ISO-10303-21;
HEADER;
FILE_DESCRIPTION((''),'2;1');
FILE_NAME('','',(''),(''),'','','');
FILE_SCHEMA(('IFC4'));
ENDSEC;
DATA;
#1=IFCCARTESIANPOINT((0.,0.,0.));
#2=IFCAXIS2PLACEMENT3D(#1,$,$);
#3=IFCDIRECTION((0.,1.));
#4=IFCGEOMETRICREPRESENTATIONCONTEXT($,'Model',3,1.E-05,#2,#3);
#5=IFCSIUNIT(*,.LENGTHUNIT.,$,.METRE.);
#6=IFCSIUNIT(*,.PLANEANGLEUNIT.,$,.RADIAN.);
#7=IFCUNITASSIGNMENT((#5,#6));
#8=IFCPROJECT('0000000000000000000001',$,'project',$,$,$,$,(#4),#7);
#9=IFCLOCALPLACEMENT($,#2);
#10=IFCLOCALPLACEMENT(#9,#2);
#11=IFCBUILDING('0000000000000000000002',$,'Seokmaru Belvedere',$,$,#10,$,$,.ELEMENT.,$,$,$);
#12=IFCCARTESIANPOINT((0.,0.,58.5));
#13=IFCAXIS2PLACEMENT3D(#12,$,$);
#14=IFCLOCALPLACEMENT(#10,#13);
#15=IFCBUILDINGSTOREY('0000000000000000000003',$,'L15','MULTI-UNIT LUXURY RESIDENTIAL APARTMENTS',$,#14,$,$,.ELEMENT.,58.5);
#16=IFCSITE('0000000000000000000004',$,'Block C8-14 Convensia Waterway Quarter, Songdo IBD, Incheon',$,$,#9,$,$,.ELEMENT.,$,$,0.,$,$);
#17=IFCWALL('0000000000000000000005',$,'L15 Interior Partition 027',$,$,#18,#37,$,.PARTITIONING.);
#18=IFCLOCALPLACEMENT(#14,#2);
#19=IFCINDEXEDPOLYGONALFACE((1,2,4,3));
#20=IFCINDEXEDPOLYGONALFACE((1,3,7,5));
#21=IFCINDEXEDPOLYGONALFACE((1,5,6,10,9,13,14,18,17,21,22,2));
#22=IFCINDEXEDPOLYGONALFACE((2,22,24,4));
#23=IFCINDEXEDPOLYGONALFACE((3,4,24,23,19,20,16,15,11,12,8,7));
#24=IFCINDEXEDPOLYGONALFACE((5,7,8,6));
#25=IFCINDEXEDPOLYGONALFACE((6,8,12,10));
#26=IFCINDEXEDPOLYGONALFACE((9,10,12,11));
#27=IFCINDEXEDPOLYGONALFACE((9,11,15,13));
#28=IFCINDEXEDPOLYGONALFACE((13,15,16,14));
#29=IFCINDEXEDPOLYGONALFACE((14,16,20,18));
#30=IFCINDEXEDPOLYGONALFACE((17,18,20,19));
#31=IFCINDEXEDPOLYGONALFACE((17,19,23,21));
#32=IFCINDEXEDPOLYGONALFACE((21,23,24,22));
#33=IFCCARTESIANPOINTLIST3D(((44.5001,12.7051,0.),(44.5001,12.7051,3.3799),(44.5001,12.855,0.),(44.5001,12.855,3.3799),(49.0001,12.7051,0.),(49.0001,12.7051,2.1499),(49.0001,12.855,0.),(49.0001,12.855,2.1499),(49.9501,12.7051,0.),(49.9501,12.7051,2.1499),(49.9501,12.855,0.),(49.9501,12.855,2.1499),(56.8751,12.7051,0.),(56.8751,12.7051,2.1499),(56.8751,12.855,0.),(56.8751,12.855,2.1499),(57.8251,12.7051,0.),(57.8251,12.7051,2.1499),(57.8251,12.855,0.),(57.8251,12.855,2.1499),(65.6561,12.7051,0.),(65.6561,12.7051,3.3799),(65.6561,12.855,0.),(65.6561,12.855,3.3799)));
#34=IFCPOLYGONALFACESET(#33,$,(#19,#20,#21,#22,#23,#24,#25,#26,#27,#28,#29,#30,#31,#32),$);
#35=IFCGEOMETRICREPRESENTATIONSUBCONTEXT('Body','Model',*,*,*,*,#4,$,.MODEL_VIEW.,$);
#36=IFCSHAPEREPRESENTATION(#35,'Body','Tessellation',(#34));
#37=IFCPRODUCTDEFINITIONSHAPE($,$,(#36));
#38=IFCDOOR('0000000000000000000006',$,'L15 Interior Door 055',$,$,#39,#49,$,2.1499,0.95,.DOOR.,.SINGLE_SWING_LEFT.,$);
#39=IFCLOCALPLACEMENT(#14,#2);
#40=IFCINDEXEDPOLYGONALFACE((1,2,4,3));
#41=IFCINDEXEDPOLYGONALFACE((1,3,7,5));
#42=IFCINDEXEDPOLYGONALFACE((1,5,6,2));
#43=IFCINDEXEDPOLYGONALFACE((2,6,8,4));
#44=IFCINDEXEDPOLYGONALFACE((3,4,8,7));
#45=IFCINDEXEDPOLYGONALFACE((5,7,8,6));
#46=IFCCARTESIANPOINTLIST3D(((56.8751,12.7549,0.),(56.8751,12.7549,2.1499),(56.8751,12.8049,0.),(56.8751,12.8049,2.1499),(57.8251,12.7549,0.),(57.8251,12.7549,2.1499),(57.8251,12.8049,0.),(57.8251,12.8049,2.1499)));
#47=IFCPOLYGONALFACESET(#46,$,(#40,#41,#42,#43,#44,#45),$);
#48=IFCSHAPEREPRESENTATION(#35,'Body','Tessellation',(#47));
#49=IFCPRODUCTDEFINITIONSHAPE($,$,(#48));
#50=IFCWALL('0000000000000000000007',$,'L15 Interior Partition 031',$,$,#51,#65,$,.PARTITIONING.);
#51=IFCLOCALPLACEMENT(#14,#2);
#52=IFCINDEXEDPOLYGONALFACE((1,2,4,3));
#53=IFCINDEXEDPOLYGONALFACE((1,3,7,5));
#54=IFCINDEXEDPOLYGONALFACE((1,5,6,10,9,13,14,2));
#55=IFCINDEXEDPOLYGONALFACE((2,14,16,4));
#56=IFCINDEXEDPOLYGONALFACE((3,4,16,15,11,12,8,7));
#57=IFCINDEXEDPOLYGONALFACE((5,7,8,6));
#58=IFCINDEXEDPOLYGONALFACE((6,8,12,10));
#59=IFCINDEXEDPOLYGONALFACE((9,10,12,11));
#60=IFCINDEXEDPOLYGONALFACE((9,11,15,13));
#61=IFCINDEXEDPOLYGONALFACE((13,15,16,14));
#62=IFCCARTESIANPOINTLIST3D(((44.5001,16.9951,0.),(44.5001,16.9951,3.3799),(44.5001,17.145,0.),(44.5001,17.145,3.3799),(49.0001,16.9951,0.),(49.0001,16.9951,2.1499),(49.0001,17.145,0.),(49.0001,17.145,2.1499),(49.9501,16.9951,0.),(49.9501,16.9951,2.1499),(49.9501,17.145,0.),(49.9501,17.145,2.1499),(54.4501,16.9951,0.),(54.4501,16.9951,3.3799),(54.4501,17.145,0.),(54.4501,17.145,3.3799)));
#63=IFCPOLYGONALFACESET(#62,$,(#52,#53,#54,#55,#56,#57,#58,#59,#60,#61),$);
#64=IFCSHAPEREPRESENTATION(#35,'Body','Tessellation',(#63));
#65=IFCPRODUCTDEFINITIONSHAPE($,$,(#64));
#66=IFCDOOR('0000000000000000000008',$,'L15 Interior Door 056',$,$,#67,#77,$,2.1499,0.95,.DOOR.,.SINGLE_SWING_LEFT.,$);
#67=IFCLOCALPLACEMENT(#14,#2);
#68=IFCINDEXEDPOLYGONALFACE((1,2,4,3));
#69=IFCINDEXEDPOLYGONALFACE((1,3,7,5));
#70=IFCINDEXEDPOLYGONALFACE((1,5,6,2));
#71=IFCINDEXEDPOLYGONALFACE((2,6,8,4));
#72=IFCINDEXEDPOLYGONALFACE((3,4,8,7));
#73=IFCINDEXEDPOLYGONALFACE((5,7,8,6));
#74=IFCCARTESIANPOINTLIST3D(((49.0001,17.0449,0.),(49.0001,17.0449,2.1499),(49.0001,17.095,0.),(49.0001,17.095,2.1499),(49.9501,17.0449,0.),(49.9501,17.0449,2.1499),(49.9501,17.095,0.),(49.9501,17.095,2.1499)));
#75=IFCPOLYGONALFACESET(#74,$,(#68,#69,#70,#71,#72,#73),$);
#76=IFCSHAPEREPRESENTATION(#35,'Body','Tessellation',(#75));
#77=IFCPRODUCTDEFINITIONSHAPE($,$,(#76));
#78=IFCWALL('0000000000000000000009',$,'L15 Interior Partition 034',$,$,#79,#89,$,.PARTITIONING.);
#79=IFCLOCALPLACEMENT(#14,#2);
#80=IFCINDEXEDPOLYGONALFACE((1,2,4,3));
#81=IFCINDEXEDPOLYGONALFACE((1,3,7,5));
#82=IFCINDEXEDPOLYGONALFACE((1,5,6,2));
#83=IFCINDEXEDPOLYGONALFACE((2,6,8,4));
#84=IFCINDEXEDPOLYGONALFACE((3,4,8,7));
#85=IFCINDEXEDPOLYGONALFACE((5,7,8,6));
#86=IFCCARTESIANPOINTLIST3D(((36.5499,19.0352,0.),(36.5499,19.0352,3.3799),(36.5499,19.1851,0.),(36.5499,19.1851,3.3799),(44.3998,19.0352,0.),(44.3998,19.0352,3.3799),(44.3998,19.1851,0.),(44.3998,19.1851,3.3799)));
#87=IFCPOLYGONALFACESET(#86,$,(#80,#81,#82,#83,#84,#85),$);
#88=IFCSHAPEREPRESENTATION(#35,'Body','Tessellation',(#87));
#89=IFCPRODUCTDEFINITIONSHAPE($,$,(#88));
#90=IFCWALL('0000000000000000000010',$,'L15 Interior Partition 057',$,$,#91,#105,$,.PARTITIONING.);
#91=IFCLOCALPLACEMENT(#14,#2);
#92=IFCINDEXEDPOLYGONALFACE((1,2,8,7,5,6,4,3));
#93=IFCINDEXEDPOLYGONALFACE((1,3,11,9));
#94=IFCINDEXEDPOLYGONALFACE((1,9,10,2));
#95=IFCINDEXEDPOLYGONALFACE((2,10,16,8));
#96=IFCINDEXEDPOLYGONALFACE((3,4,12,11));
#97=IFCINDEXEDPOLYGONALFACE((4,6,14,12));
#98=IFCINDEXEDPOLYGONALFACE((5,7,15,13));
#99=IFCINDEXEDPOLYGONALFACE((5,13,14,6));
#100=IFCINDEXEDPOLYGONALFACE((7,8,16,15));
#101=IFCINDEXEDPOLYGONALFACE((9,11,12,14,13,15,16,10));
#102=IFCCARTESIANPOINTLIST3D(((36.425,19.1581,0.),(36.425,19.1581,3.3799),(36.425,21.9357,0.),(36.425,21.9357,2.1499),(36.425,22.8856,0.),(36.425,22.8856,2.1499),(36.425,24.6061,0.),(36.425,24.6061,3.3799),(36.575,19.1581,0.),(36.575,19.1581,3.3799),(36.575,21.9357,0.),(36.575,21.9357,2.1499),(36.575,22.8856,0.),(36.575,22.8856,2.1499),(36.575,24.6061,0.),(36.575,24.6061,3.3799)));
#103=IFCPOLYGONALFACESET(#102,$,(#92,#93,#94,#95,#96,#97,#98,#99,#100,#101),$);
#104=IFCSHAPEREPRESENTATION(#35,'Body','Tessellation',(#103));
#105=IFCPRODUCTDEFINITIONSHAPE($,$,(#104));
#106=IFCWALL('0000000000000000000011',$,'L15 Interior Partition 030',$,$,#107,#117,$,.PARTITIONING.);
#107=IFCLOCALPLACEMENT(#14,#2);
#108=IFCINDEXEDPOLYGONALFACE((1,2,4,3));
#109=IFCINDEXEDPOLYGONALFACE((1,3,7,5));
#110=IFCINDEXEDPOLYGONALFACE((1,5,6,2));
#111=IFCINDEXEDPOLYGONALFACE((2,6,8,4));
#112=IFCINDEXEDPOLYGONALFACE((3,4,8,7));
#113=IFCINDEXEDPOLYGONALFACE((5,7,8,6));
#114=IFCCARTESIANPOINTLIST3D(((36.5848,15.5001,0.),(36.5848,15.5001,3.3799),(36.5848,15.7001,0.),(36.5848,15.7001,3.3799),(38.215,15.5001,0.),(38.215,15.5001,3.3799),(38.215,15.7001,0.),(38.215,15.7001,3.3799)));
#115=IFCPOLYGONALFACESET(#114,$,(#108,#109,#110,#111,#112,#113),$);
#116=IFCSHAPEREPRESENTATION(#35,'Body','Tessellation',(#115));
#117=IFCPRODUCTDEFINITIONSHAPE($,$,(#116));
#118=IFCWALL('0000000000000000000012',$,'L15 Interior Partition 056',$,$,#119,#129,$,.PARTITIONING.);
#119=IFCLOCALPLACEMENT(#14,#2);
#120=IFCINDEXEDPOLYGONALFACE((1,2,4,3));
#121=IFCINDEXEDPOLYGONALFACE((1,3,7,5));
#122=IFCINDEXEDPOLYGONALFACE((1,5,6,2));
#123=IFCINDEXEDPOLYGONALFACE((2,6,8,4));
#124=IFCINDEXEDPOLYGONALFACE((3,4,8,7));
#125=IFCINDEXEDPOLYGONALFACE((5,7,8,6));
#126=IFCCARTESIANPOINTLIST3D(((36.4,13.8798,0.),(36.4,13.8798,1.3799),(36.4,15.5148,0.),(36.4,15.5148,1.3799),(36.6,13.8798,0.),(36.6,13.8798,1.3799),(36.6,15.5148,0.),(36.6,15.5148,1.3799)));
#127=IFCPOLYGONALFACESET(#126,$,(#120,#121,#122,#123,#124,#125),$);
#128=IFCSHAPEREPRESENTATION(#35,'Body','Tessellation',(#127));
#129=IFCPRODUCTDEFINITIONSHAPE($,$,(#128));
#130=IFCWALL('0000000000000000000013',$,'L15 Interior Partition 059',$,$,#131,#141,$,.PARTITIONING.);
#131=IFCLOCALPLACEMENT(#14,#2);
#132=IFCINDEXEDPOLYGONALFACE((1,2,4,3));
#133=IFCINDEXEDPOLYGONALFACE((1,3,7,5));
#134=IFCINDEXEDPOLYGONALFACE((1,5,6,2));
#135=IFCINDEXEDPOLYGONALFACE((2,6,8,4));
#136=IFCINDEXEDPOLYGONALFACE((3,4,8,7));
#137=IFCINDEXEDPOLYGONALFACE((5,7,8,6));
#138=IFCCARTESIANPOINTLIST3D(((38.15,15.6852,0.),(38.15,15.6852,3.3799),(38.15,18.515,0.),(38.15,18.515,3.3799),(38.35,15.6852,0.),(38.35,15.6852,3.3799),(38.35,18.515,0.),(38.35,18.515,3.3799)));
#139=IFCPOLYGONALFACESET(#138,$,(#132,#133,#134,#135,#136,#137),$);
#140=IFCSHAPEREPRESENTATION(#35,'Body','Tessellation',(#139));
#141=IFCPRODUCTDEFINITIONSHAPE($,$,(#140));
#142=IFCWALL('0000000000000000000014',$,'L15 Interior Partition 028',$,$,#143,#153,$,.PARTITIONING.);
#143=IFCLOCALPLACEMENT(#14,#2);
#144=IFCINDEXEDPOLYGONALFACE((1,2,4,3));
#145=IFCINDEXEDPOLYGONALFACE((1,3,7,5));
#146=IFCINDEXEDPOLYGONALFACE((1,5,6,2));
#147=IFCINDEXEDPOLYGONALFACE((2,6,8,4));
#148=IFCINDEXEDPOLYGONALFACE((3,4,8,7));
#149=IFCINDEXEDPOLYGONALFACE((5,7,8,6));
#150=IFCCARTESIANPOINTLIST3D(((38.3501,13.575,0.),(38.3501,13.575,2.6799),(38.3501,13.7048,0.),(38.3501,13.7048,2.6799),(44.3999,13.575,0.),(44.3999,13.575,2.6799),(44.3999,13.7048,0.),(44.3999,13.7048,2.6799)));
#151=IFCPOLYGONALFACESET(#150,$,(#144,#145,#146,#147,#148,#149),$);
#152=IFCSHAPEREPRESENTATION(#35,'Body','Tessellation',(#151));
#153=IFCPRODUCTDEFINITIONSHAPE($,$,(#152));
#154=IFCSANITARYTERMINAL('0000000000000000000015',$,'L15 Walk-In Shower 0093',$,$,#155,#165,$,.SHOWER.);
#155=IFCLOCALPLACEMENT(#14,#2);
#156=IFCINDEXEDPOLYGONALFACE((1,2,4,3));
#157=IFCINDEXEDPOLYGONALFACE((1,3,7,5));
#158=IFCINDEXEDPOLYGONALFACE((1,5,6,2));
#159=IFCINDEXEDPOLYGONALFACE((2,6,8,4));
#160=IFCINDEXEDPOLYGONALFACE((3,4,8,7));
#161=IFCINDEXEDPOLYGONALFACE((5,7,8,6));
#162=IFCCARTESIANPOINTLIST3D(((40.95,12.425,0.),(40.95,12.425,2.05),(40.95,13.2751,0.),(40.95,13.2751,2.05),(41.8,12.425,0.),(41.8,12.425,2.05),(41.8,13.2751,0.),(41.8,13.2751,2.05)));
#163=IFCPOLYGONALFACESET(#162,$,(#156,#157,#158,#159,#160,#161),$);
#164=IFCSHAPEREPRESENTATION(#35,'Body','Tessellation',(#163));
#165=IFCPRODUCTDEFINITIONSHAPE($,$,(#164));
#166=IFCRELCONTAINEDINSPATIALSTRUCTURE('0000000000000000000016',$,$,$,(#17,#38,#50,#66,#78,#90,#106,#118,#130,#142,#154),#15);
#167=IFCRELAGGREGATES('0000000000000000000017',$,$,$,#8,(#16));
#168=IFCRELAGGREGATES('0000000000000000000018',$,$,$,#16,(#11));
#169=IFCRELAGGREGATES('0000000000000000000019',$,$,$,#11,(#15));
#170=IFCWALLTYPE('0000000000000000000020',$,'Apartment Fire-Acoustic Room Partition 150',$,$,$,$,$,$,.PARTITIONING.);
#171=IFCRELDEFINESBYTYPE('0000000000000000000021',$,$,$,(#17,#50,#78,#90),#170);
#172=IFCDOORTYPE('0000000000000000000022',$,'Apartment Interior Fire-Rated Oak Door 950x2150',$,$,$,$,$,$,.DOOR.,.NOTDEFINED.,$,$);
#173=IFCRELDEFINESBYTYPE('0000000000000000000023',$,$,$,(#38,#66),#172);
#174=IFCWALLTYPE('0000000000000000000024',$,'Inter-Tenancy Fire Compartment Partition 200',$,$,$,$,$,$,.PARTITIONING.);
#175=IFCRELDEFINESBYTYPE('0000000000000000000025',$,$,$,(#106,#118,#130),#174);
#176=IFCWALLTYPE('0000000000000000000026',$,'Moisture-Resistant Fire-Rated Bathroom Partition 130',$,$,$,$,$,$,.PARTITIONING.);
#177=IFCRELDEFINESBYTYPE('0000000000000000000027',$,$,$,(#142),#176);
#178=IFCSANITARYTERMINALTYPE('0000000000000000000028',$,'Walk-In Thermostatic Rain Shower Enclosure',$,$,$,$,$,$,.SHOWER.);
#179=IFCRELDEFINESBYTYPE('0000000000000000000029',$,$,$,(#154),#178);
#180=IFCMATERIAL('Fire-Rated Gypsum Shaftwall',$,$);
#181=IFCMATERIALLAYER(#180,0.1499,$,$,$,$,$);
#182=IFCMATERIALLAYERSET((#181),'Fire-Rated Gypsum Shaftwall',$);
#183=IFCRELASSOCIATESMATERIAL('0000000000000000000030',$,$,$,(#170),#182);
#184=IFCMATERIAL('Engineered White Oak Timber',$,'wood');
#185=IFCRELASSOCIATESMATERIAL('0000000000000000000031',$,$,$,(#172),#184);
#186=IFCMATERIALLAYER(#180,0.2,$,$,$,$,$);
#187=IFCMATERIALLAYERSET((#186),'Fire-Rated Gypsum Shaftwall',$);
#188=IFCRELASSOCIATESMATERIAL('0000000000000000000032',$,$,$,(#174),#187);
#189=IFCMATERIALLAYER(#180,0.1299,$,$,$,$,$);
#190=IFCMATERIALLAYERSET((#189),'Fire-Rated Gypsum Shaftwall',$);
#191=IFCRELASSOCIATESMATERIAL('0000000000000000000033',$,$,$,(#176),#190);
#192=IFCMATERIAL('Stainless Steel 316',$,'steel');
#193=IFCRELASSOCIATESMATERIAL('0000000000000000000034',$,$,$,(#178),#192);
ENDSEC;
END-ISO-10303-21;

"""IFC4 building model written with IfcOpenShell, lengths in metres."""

from ifc_helpers import new_model, si_unit, direction, frame, frame_2d, origin, origin_2d, place, context, subcontext, project, spatial, rectangle, extrude, source, transform, mapped, material, layer, layer_set, type_object, type_shapes, element, fill, save


model = new_model("IFC4")

# Units and contexts
model_context = context("Model", 3, precision=1e-05, world=origin(), true_north=direction((0.0, 1.0)))
body_context = subcontext(model_context, "Body", "Model", "MODEL_VIEW")
ifc_project = project(units=[si_unit("LENGTHUNIT", "METRE"), si_unit("PLANEANGLEUNIT", "RADIAN")], contexts=[model_context])

# Site, building, storey
site_placement = place(None, origin())
site = spatial("IfcSite", under=ifc_project, at=site_placement, Name="Block C8-14 Convensia Waterway Quarter, Songdo IBD, Incheon", CompositionType="ELEMENT", RefElevation=0.0)
building_placement = place(site_placement, origin())
building = spatial("IfcBuilding", under=site, at=building_placement, Name="Seokmaru Belvedere", CompositionType="ELEMENT")
storey_placement = place(building_placement, frame((0.0, 0.0, 58.5)))
storey = spatial("IfcBuildingStorey", under=building, at=storey_placement, Name="L15", Description="MULTI-UNIT LUXURY RESIDENTIAL APARTMENTS", CompositionType="ELEMENT", Elevation=58.5)

# Wall, openings, door
ifc_material_1 = material(Name="Fire-Rated Gypsum Shaftwall")
ifc_layer_1 = layer(ifc_material_1, 0.1499)
ifc_layer_set_1 = layer_set([ifc_layer_1], Name="Fire-Rated Gypsum Shaftwall")
wall_type_1 = type_object("IfcWallType", Name="Apartment Fire-Acoustic Room Partition 150", PredefinedType="PARTITIONING", material=ifc_layer_set_1)
wall_1_placement = place(storey_placement, frame((44.5, 12.78, 0.0), z_axis=(0.0, 0.0, 1.0), x_axis=(1.0, 0.0, 0.0)))
wall_1 = element("IfcWall", 1, at=wall_1_placement, inside=storey, type_object=wall_type_1, Name="L15 Interior Partition 027", PredefinedType="PARTITIONING", context=body_context, shape_type="SweptSolid", body=[
    extrude(rectangle(XDim=21.156, YDim=0.1499, at=frame_2d((10.5781, 0.0))), origin(), (0.0, 0.0, 1.0), 3.3799),
])
opening_1_placement = place(wall_1_placement, frame((4.5, 0.0, 0.0)))
element("IfcOpeningElement", 2, at=opening_1_placement, cuts=wall_1, PredefinedType="OPENING", context=body_context, shape_type="SweptSolid", body=[
    extrude(rectangle(XDim=0.95, YDim=2.1499, at=frame_2d((0.4751, 1.075))), frame((0.0, 0.085, 0.0), z_axis=(0.0, -1.0, 0.0), x_axis=(1.0, 0.0, 0.0)), (0.0, 0.0, 1.0), 0.1699),
])
opening_2_placement = place(wall_1_placement, frame((12.375, 0.0, 0.0)))
opening_2 = element("IfcOpeningElement", 3, at=opening_2_placement, cuts=wall_1, PredefinedType="OPENING", context=body_context, shape_type="SweptSolid", body=[
    extrude(rectangle(XDim=0.95, YDim=2.1499, at=frame_2d((0.4751, 1.075))), frame((0.0, 0.085, 0.0), z_axis=(0.0, -1.0, 0.0), x_axis=(1.0, 0.0, 0.0)), (0.0, 0.0, 1.0), 0.1699),
])
ifc_material_2 = material(Name="Engineered White Oak Timber", Category="wood")
door_type = type_object("IfcDoorType", Name="Apartment Interior Fire-Rated Oak Door 950x2150", OperationType="NOTDEFINED", PredefinedType="DOOR", material=ifc_material_2)
shared_shape_1 = source(origin(), body_context, "Body", "SweptSolid", [
    extrude(rectangle(XDim=0.95, YDim=2.1499, at=frame_2d((0.4751, 1.075))), frame((0.0, 0.0249, 0.0), z_axis=(0.0, -1.0, 0.0), x_axis=(1.0, 0.0, 0.0)), (0.0, 0.0, 1.0), 0.05),
])
type_shapes(door_type, [shared_shape_1])
door_1_placement = place(opening_2_placement, origin())
door_1 = element("IfcDoor", 4, at=door_1_placement, inside=storey, type_object=door_type, Name="L15 Interior Door 055", OperationType="SINGLE_SWING_LEFT", OverallHeight=2.1499, OverallWidth=0.95, PredefinedType="DOOR", context=body_context, shape_type="MappedRepresentation", body=[
    mapped(shared_shape_1, transform((0.0, 0.0, 0.0), scale=1.0)),
])
fill(opening_2, door_1)

# Wall, opening, door
wall_2_placement = place(storey_placement, frame((44.5, 17.0701, 0.0), z_axis=(0.0, 0.0, 1.0), x_axis=(1.0, 0.0, 0.0)))
wall_2 = element("IfcWall", 5, at=wall_2_placement, inside=storey, type_object=wall_type_1, Name="L15 Interior Partition 031", PredefinedType="PARTITIONING", context=body_context, shape_type="SweptSolid", body=[
    extrude(rectangle(XDim=9.95, YDim=0.1499, at=frame_2d((4.9751, 0.0))), origin(), (0.0, 0.0, 1.0), 3.3799),
])
opening_3_placement = place(wall_2_placement, frame((4.5, 0.0, 0.0)))
opening_3 = element("IfcOpeningElement", 6, at=opening_3_placement, cuts=wall_2, PredefinedType="OPENING", context=body_context, shape_type="SweptSolid", body=[
    extrude(rectangle(XDim=0.95, YDim=2.1499, at=frame_2d((0.4751, 1.075))), frame((0.0, 0.085, 0.0), z_axis=(0.0, -1.0, 0.0), x_axis=(1.0, 0.0, 0.0)), (0.0, 0.0, 1.0), 0.1699),
])
door_2_placement = place(opening_3_placement, origin())
door_2 = element("IfcDoor", 7, at=door_2_placement, inside=storey, type_object=door_type, Name="L15 Interior Door 056", OperationType="SINGLE_SWING_LEFT", OverallHeight=2.1499, OverallWidth=0.95, PredefinedType="DOOR", context=body_context, shape_type="MappedRepresentation", body=[
    mapped(shared_shape_1, transform((0.0, 0.0, 0.0), scale=1.0)),
])
fill(opening_3, door_2)

# Wall
wall_3_placement = place(storey_placement, frame((36.55, 19.1101, 0.0), z_axis=(0.0, 0.0, 1.0), x_axis=(1.0, 0.0, 0.0)))
element("IfcWall", 8, at=wall_3_placement, inside=storey, type_object=wall_type_1, Name="L15 Interior Partition 034", PredefinedType="PARTITIONING", context=body_context, shape_type="SweptSolid", body=[
    extrude(rectangle(XDim=7.8499, YDim=0.1499, at=frame_2d((3.9248, 0.0))), origin(), (0.0, 0.0, 1.0), 3.3799),
])

# Wall, opening
wall_4_placement = place(storey_placement, frame((36.5, 19.158, 0.0), z_axis=(0.0, 0.0, 1.0), x_axis=(0.0, 1.0, 0.0)))
wall_4 = element("IfcWall", 9, at=wall_4_placement, inside=storey, type_object=wall_type_1, Name="L15 Interior Partition 057", PredefinedType="PARTITIONING", context=body_context, shape_type="SweptSolid", body=[
    extrude(rectangle(XDim=5.448, YDim=0.1499, at=frame_2d((2.7241, 0.0))), origin(), (0.0, 0.0, 1.0), 3.3799),
])
opening_4_placement = place(wall_4_placement, frame((2.7776, 0.0, 0.0)))
element("IfcOpeningElement", 10, at=opening_4_placement, cuts=wall_4, PredefinedType="OPENING", context=body_context, shape_type="SweptSolid", body=[
    extrude(rectangle(XDim=0.95, YDim=2.1499, at=frame_2d((0.4751, 1.075))), frame((0.0, 0.085, 0.0), z_axis=(0.0, -1.0, 0.0), x_axis=(1.0, 0.0, 0.0)), (0.0, 0.0, 1.0), 0.1699),
])

# Walls
ifc_layer_2 = layer(ifc_material_1, 0.2)
ifc_layer_set_2 = layer_set([ifc_layer_2], Name="Fire-Rated Gypsum Shaftwall")
wall_type_2 = type_object("IfcWallType", Name="Inter-Tenancy Fire Compartment Partition 200", PredefinedType="PARTITIONING", material=ifc_layer_set_2)
wall_5_placement = place(storey_placement, frame((36.585, 15.6001, 0.0), z_axis=(0.0, 0.0, 1.0), x_axis=(1.0, 0.0, 0.0)))
element("IfcWall", 11, at=wall_5_placement, inside=storey, type_object=wall_type_2, Name="L15 Interior Partition 030", PredefinedType="PARTITIONING", context=body_context, shape_type="SweptSolid", body=[
    extrude(rectangle(XDim=1.6301, YDim=0.2, at=frame_2d((0.8149, 0.0))), origin(), (0.0, 0.0, 1.0), 3.3799),
])
wall_6_placement = place(storey_placement, frame((36.5, 13.8799, 0.0), z_axis=(0.0, 0.0, 1.0), x_axis=(0.0, 1.0, 0.0)))
element("IfcWall", 12, at=wall_6_placement, inside=storey, type_object=wall_type_2, Name="L15 Interior Partition 056", PredefinedType="PARTITIONING", context=body_context, shape_type="SweptSolid", body=[
    extrude(rectangle(XDim=1.635, YDim=0.2, at=frame_2d((0.8174, 0.0))), origin(), (0.0, 0.0, 1.0), 1.3799),
])
wall_7_placement = place(storey_placement, frame((38.25, 15.6851, 0.0), z_axis=(0.0, 0.0, 1.0), x_axis=(0.0, 1.0, 0.0)))
element("IfcWall", 13, at=wall_7_placement, inside=storey, type_object=wall_type_2, Name="L15 Interior Partition 059", PredefinedType="PARTITIONING", context=body_context, shape_type="SweptSolid", body=[
    extrude(rectangle(XDim=2.8298, YDim=0.2, at=frame_2d((1.415, 0.0))), origin(), (0.0, 0.0, 1.0), 3.3799),
])
ifc_layer_3 = layer(ifc_material_1, 0.1299)
ifc_layer_set_3 = layer_set([ifc_layer_3], Name="Fire-Rated Gypsum Shaftwall")
wall_type_3 = type_object("IfcWallType", Name="Moisture-Resistant Fire-Rated Bathroom Partition 130", PredefinedType="PARTITIONING", material=ifc_layer_set_3)
wall_8_placement = place(storey_placement, frame((38.3501, 13.6399, 0.0), z_axis=(0.0, 0.0, 1.0), x_axis=(1.0, 0.0, 0.0)))
element("IfcWall", 14, at=wall_8_placement, inside=storey, type_object=wall_type_3, Name="L15 Interior Partition 028", PredefinedType="PARTITIONING", context=body_context, shape_type="SweptSolid", body=[
    extrude(rectangle(XDim=6.0498, YDim=0.1299, at=frame_2d((3.0249, 0.0))), origin(), (0.0, 0.0, 1.0), 2.6799),
])

# Sanitary terminal
ifc_material_3 = material(Name="Stainless Steel 316", Category="steel")
sanitary_terminal_type = type_object("IfcSanitaryTerminalType", Name="Walk-In Thermostatic Rain Shower Enclosure", PredefinedType="SHOWER", material=ifc_material_3)
shared_shape_2 = source(origin(), body_context, "Body", "SweptSolid", [
    extrude(rectangle(XDim=0.8501, YDim=0.8501, at=origin_2d()), origin(), (0.0, 0.0, 1.0), 2.05),
])
type_shapes(sanitary_terminal_type, [shared_shape_2])
sanitary_terminal_placement = place(storey_placement, frame((41.375, 12.8501, 0.0), z_axis=(0.0, 0.0, 1.0), x_axis=(1.0, 0.0, 0.0)))
element("IfcSanitaryTerminal", 15, at=sanitary_terminal_placement, inside=storey, type_object=sanitary_terminal_type, Name="L15 Walk-In Shower 0093", PredefinedType="SHOWER", context=body_context, shape_type="MappedRepresentation", body=[
    mapped(shared_shape_2, transform((0.0, 0.0, 0.0), scale=1.0)),
])

save(model, "model.ifc")
